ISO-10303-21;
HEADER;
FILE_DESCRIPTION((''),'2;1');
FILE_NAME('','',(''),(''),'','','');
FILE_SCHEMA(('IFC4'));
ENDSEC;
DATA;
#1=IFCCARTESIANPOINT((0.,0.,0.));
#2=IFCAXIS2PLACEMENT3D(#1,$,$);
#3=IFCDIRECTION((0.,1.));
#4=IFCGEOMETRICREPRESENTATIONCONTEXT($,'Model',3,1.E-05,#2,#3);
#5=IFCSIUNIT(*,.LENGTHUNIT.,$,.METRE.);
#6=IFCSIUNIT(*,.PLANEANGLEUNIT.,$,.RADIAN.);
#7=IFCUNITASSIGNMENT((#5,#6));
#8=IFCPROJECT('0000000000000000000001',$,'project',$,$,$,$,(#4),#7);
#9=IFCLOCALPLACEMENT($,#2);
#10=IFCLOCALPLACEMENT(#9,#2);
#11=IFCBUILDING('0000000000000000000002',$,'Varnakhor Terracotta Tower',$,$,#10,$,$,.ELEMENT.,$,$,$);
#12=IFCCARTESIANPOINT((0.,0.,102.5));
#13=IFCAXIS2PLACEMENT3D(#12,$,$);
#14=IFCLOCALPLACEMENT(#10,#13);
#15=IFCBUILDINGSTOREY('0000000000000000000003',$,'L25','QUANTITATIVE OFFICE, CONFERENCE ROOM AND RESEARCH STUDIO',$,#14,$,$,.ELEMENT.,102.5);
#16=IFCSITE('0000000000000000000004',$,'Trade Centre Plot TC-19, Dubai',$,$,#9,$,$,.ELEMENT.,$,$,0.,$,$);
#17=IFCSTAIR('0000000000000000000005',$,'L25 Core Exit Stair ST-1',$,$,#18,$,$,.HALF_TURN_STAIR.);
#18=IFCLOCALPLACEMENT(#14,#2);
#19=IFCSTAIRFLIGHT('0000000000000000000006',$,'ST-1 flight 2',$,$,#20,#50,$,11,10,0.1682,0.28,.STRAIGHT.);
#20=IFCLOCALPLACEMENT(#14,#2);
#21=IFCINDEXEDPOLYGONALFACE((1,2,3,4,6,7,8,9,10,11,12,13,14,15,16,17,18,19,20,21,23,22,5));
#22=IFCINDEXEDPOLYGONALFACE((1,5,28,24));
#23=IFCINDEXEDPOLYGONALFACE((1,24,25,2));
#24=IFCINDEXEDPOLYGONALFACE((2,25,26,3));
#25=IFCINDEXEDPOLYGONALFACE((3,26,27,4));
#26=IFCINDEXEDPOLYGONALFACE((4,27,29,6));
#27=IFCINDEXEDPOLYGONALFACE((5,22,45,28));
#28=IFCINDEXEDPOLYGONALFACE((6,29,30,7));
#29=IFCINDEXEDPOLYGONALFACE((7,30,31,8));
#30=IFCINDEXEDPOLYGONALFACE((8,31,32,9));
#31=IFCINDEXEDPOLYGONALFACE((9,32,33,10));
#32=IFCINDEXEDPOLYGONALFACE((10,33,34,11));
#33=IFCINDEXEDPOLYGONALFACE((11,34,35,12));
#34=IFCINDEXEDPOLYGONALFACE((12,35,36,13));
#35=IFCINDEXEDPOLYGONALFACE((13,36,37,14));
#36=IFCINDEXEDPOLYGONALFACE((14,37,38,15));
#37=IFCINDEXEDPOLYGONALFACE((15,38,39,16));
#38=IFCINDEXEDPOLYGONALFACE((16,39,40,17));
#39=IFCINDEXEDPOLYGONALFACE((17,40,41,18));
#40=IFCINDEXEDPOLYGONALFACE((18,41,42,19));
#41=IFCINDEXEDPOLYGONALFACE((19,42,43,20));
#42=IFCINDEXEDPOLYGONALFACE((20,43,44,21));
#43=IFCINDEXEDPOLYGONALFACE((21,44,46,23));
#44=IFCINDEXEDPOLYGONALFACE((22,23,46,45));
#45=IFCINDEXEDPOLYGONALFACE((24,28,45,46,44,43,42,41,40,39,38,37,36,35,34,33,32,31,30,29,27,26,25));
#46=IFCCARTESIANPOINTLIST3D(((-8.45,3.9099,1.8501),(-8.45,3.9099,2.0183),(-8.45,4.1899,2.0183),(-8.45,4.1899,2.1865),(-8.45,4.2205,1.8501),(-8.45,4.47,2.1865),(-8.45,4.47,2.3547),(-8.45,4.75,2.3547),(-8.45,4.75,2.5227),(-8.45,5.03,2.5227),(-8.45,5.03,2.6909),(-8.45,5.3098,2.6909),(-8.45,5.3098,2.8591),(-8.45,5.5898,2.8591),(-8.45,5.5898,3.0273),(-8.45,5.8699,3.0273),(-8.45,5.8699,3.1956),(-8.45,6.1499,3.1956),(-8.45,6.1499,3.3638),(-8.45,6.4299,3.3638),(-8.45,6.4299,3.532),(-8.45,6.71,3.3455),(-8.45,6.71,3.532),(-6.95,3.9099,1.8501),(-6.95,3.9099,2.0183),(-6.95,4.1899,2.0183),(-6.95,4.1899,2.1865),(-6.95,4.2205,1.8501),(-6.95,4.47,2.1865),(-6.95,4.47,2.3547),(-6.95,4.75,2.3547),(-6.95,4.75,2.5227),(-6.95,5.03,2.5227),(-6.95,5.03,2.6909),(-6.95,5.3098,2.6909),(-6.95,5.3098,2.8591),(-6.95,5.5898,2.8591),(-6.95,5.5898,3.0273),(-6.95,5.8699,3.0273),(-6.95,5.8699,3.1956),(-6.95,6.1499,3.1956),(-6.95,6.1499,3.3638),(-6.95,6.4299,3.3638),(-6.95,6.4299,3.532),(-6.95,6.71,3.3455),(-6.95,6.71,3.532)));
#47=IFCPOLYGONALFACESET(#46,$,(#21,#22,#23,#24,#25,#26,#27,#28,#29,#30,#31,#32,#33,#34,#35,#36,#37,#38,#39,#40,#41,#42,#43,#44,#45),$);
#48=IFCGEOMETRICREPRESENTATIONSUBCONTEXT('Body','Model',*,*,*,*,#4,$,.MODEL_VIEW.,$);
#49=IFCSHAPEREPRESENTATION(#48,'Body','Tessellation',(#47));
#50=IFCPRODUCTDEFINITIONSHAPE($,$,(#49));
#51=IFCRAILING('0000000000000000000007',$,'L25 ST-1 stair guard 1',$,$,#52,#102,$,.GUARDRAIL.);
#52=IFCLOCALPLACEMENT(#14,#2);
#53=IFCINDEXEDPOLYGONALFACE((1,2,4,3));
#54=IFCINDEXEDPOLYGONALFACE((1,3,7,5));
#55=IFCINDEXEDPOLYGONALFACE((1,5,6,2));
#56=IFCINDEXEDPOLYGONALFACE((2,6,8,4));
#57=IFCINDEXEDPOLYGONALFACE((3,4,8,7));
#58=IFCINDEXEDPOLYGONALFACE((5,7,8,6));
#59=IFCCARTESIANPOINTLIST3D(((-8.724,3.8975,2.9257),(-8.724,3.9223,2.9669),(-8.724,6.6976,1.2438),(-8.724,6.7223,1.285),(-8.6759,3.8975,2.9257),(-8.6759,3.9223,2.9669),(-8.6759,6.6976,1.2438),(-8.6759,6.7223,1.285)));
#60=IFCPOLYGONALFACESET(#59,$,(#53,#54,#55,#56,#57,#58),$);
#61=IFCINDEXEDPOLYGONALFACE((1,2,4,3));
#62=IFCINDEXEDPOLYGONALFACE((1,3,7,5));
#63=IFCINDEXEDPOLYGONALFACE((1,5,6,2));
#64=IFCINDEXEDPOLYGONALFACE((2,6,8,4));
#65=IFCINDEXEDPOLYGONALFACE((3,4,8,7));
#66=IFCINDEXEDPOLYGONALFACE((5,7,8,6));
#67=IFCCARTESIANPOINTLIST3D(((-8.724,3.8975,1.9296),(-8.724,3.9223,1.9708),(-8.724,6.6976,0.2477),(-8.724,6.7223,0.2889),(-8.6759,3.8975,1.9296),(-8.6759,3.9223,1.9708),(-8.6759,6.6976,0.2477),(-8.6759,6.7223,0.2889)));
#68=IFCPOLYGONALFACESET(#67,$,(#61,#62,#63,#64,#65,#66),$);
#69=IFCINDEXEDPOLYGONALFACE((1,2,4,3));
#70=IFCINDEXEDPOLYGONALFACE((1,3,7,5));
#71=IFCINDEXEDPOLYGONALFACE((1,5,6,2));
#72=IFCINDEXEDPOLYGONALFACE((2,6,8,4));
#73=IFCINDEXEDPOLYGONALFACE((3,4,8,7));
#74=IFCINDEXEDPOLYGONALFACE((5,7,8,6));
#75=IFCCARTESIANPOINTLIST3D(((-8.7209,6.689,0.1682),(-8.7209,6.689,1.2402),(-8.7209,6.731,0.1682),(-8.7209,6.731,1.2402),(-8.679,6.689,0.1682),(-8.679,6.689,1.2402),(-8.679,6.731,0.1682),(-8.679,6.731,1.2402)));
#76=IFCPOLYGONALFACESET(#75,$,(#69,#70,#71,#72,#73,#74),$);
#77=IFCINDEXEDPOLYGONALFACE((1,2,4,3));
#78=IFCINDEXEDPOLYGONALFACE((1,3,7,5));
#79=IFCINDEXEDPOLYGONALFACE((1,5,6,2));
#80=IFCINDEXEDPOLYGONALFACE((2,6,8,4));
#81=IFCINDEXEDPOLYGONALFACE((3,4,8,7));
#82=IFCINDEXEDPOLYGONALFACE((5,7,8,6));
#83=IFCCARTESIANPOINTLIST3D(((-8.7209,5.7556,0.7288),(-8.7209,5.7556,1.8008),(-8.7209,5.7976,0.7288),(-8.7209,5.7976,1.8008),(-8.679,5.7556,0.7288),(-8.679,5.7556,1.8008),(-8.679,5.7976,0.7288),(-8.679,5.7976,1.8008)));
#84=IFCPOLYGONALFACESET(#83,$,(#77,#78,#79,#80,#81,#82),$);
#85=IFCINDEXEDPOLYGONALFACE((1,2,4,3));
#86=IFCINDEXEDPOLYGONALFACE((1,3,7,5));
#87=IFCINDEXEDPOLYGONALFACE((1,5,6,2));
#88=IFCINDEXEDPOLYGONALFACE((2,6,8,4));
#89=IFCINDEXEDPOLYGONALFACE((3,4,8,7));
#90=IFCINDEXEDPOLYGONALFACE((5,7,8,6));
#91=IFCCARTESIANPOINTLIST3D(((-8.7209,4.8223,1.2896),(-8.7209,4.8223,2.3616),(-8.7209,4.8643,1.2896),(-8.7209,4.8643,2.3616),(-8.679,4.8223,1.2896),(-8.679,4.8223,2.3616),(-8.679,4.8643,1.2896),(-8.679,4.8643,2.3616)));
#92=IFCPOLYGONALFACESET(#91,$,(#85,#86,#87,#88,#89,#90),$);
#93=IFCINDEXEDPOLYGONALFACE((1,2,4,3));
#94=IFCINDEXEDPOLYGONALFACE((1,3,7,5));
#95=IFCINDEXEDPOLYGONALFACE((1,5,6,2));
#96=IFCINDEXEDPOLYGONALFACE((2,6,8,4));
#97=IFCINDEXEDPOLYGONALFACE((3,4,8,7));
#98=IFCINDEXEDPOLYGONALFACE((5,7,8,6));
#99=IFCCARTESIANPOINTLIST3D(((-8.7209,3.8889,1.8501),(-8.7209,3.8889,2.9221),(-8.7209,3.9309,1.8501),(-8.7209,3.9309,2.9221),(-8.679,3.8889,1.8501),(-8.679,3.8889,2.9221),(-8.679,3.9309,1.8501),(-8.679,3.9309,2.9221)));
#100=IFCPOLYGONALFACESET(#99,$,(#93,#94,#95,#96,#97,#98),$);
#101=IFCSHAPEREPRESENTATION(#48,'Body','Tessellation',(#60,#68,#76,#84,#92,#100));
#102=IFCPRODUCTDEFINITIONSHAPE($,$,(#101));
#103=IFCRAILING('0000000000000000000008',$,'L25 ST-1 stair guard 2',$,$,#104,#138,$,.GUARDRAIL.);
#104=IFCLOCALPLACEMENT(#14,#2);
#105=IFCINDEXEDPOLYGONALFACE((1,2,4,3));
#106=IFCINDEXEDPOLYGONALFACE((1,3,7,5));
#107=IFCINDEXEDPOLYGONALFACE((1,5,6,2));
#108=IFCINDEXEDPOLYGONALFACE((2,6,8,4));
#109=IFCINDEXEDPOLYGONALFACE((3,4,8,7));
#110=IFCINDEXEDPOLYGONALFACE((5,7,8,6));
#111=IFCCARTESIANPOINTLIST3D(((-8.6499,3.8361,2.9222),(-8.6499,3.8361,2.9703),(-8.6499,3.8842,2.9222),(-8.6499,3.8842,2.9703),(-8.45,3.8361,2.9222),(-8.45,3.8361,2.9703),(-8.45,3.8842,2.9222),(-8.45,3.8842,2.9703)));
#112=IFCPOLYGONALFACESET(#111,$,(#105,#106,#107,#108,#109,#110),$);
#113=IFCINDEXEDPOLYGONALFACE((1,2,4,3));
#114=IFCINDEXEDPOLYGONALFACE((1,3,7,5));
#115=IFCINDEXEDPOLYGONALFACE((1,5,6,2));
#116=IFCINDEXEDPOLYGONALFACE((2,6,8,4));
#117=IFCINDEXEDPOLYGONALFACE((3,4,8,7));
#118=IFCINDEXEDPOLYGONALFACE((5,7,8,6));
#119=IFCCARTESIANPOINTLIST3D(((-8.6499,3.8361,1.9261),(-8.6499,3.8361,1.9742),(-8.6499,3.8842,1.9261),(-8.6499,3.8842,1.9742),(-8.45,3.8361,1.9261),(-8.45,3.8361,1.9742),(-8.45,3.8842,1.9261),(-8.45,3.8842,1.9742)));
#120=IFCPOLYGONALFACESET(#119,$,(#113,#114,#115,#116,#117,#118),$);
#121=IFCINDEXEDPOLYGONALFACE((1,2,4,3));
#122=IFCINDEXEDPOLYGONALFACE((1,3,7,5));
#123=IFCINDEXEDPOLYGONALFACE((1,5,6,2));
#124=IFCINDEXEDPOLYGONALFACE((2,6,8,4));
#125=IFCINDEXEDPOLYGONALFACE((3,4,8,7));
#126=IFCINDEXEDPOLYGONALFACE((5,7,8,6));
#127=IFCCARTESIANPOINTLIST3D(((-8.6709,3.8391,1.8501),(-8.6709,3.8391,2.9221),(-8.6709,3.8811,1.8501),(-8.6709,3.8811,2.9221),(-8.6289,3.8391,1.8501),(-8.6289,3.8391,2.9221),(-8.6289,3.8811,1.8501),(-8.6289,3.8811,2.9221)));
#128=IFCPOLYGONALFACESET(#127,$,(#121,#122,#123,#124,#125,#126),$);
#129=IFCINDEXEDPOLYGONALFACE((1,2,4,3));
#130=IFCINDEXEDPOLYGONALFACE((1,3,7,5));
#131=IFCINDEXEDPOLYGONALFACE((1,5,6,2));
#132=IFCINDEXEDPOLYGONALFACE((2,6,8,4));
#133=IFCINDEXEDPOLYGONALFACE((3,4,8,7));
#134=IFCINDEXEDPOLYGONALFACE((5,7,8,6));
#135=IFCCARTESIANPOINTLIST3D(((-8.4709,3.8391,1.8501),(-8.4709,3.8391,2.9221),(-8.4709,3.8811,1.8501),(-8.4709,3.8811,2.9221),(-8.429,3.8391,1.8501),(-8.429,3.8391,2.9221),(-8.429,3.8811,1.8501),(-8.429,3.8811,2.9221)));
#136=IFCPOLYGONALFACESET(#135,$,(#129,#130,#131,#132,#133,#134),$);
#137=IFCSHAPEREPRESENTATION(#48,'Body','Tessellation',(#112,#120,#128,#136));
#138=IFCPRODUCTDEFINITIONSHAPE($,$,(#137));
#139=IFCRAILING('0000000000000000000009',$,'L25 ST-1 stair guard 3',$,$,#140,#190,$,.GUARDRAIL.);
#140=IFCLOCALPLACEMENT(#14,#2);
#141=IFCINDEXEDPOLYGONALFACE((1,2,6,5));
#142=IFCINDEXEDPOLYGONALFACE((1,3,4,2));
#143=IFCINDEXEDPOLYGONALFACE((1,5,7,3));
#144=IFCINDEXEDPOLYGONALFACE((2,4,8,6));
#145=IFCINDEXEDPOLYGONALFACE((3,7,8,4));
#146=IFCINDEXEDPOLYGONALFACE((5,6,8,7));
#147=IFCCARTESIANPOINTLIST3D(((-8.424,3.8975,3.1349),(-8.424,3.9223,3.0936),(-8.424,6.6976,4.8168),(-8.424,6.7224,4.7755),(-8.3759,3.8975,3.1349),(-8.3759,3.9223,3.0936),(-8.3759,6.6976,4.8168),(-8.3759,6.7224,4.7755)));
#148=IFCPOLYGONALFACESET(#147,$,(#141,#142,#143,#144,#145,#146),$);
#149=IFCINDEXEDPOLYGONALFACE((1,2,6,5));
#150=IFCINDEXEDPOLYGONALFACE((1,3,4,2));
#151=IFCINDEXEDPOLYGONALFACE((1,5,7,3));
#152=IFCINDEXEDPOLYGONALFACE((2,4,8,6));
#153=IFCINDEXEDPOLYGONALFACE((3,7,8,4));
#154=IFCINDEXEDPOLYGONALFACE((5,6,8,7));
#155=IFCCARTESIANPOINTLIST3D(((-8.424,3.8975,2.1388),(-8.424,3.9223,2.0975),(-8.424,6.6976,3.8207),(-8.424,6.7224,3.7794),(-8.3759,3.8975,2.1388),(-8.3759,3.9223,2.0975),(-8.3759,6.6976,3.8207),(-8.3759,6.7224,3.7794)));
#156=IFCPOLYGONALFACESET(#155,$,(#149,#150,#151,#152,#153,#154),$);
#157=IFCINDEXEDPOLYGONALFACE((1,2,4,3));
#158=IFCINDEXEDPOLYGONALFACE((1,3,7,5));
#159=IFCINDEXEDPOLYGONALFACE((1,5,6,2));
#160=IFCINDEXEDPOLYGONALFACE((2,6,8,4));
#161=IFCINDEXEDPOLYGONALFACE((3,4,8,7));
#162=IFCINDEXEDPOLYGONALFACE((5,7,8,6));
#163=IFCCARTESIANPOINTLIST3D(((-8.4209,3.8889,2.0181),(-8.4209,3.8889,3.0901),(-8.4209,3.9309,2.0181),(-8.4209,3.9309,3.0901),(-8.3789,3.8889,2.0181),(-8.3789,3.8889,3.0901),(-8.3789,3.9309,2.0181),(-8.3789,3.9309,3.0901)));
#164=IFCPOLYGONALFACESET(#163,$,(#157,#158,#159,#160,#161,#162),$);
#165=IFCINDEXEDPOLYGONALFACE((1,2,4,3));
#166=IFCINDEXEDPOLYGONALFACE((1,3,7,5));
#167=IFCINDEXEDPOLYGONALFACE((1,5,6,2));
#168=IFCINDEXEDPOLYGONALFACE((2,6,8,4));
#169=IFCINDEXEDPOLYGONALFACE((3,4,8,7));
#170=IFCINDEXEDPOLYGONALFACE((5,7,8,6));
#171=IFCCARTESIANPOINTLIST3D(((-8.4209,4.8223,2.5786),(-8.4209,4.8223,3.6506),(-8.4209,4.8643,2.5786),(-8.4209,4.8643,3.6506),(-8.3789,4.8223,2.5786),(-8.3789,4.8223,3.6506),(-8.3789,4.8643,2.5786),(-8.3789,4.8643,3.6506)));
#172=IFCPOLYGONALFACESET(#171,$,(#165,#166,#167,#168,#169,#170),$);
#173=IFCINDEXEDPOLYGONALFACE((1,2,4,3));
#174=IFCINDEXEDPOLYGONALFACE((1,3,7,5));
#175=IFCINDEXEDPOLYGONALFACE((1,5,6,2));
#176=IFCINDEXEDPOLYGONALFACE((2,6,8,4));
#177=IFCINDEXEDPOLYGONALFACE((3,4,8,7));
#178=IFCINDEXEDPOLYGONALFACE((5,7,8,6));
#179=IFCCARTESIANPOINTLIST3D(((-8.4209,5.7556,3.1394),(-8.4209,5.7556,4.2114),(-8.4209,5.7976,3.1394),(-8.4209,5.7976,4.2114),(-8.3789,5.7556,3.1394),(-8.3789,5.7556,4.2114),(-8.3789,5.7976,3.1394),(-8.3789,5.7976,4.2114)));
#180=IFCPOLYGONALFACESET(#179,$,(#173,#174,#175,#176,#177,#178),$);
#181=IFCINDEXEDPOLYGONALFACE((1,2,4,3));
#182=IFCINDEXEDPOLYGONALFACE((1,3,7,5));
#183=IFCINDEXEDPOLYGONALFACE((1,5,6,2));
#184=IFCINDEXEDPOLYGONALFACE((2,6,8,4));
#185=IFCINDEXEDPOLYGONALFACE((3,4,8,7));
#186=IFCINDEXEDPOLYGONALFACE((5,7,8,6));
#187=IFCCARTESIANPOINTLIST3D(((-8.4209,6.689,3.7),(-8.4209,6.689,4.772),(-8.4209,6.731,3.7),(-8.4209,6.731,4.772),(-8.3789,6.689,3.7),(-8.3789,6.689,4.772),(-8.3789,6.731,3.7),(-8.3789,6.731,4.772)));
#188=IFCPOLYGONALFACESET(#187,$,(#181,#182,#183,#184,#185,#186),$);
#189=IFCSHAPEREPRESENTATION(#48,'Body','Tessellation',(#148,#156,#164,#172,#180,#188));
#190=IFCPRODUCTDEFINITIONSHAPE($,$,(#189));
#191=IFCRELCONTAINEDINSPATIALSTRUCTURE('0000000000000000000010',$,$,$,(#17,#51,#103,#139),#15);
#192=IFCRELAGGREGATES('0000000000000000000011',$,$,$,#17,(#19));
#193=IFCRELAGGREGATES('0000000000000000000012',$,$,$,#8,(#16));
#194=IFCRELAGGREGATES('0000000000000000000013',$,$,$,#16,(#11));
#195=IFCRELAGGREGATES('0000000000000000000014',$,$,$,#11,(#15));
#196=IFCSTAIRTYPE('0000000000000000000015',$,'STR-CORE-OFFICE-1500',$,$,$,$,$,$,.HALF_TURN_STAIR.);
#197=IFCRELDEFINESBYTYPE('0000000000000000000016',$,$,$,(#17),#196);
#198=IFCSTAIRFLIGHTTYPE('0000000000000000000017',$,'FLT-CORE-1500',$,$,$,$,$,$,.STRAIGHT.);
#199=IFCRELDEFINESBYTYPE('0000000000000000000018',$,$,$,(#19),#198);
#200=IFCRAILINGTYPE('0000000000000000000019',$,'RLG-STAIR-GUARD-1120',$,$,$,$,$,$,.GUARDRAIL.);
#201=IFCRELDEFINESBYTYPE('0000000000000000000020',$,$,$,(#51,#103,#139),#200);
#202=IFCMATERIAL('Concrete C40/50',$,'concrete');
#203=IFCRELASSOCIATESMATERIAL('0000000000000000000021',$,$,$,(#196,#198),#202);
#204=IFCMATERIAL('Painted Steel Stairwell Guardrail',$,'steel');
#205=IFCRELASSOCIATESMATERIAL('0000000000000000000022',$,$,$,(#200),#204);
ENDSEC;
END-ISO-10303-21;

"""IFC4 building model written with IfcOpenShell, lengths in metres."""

from ifc_helpers import new_model, si_unit, direction, frame, origin, origin_2d, place, context, subcontext, project, spatial, polyline, rectangle, outline, extrude, material, type_object, element, aggregate, save


model = new_model("IFC4")

# Units and contexts
model_context = context("Model", 3, precision=1e-05, world=origin(), true_north=direction((0.0, 1.0)))
body_context = subcontext(model_context, "Body", "Model", "MODEL_VIEW")
ifc_project = project(units=[si_unit("LENGTHUNIT", "METRE"), si_unit("PLANEANGLEUNIT", "RADIAN")], contexts=[model_context])

# Site, building, storey
site_placement = place(None, origin())
site = spatial("IfcSite", under=ifc_project, at=site_placement, Name="Trade Centre Plot TC-19, Dubai", CompositionType="ELEMENT", RefElevation=0.0)
building_placement = place(site_placement, origin())
building = spatial("IfcBuilding", under=site, at=building_placement, Name="Varnakhor Terracotta Tower", CompositionType="ELEMENT")
storey_placement = place(building_placement, frame((0.0, 0.0, 102.5)))
storey = spatial("IfcBuildingStorey", under=building, at=storey_placement, Name="L25", Description="QUANTITATIVE OFFICE, CONFERENCE ROOM AND RESEARCH STUDIO", CompositionType="ELEMENT", Elevation=102.5)

# Shared definitions
ifc_material_1 = material(Name="Concrete C40/50", Category="concrete")

# Stair, stair flight
stair_type = type_object("IfcStairType", Name="STR-CORE-OFFICE-1500", PredefinedType="HALF_TURN_STAIR", material=ifc_material_1)
stair_placement = place(storey_placement, origin())
stair = element("IfcStair", 1, at=stair_placement, inside=storey, type_object=stair_type, Name="L25 Core Exit Stair ST-1", PredefinedType="HALF_TURN_STAIR")
stair_flight_type = type_object("IfcStairFlightType", Name="FLT-CORE-1500", PredefinedType="STRAIGHT", material=ifc_material_1)
stair_flight_1_placement = place(storey_placement, frame((-7.7, 3.9099, 1.8501), z_axis=(0.0, 0.0, 1.0), x_axis=(0.0, 1.0, 0.0)))
stair_flight_1 = element("IfcStairFlight", 2, at=stair_flight_1_placement, type_object=stair_flight_type, Name="ST-1 flight 2", NumberOfRisers=11, NumberOfTreads=10, PredefinedType="STRAIGHT", RiserHeight=0.1682, TreadLength=0.28, context=body_context, shape_type="SweptSolid", body=[
    extrude(outline(polyline([(0.0, 0.0), (0.0, 0.1682), (0.28, 0.1682), (0.28, 0.3364), (0.5601, 0.3364), (0.5601, 0.5046), (0.8401, 0.5046), (0.8401, 0.6726), (1.1201, 0.6726), (1.1201, 0.8408), (1.3999, 0.8408), (1.3999, 1.009), (1.6799, 1.009), (1.6799, 1.1772), (1.96, 1.1772), (1.96, 1.3455), (2.24, 1.3455), (2.24, 1.5137), (2.52, 1.5137), (2.52, 1.6819), (2.8, 1.6819), (2.8, 1.8501), (2.8, 1.4954), (0.3105, 0.0), (0.0, 0.0)])), frame((0.0, 0.75, 0.0), z_axis=(0.0, -1.0, 0.0), x_axis=(1.0, 0.0, 0.0)), (0.0, 0.0, 1.0), 1.5),
])
aggregate(stair, [stair_flight_1])

# Railings
ifc_material_2 = material(Name="Painted Steel Stairwell Guardrail", Category="steel")
railing_type_1 = type_object("IfcRailingType", Name="RLG-STAIR-GUARD-1120", PredefinedType="GUARDRAIL", material=ifc_material_2)
railing_1_placement = place(storey_placement, frame((-8.7, 6.71, 0.1682)))
element("IfcRailing", 3, at=railing_1_placement, inside=storey, type_object=railing_type_1, Name="L25 ST-1 stair guard 1", PredefinedType="GUARDRAIL", context=body_context, shape_type="SweptSolid", body=[
    extrude(rectangle(XDim=0.0481, YDim=0.0481, at=origin_2d()), frame((0.0, 0.0, 1.0962), z_axis=(0.0, -0.857242, 0.514913), x_axis=(1.0, 0.0, 0.0)), (0.0, 0.0, 1.0), 3.2664),
    extrude(rectangle(XDim=0.0481, YDim=0.0481, at=origin_2d()), frame((0.0, 0.0, 0.1001), z_axis=(0.0, -0.857242, 0.514913), x_axis=(1.0, 0.0, 0.0)), (0.0, 0.0, 1.0), 3.2664),
    extrude(rectangle(XDim=0.042, YDim=0.042, at=origin_2d()), origin(), (0.0, 0.0, 1.0), 1.072),
    extrude(rectangle(XDim=0.042, YDim=0.042, at=origin_2d()), frame((0.0, -0.9333, 0.5605)), (0.0, 0.0, 1.0), 1.072),
    extrude(rectangle(XDim=0.042, YDim=0.042, at=origin_2d()), frame((0.0, -1.8667, 1.1213)), (0.0, 0.0, 1.0), 1.072),
    extrude(rectangle(XDim=0.042, YDim=0.042, at=origin_2d()), frame((0.0, -2.8, 1.6819)), (0.0, 0.0, 1.0), 1.072),
])
railing_2_placement = place(storey_placement, frame((-8.6499, 3.8601, 1.8501)))
element("IfcRailing", 4, at=railing_2_placement, inside=storey, type_object=railing_type_1, Name="L25 ST-1 stair guard 2", PredefinedType="GUARDRAIL", context=body_context, shape_type="SweptSolid", body=[
    extrude(rectangle(XDim=0.0481, YDim=0.0481, at=origin_2d()), frame((0.0, 0.0, 1.0962), z_axis=(1.0, 0.0, 0.0), x_axis=(0.0, 1.0, 0.0)), (0.0, 0.0, 1.0), 0.2),
    extrude(rectangle(XDim=0.0481, YDim=0.0481, at=origin_2d()), frame((0.0, 0.0, 0.1001), z_axis=(1.0, 0.0, 0.0), x_axis=(0.0, 1.0, 0.0)), (0.0, 0.0, 1.0), 0.2),
    extrude(rectangle(XDim=0.042, YDim=0.042, at=origin_2d()), origin(), (0.0, 0.0, 1.0), 1.072),
    extrude(rectangle(XDim=0.042, YDim=0.042, at=origin_2d()), frame((0.2, 0.0, 0.0)), (0.0, 0.0, 1.0), 1.072),
])
railing_3_placement = place(storey_placement, frame((-8.3999, 3.9099, 2.0181)))
element("IfcRailing", 5, at=railing_3_placement, inside=storey, type_object=railing_type_1, Name="L25 ST-1 stair guard 3", PredefinedType="GUARDRAIL", context=body_context, shape_type="SweptSolid", body=[
    extrude(rectangle(XDim=0.0481, YDim=0.0481, at=origin_2d()), frame((0.0, 0.0, 1.0962), z_axis=(0.0, 0.857242, 0.514913), x_axis=(-1.0, 0.0, 0.0)), (0.0, 0.0, 1.0), 3.2664),
    extrude(rectangle(XDim=0.0481, YDim=0.0481, at=origin_2d()), frame((0.0, 0.0, 0.1001), z_axis=(0.0, 0.857242, 0.514913), x_axis=(-1.0, 0.0, 0.0)), (0.0, 0.0, 1.0), 3.2664),
    extrude(rectangle(XDim=0.042, YDim=0.042, at=origin_2d()), origin(), (0.0, 0.0, 1.0), 1.072),
    extrude(rectangle(XDim=0.042, YDim=0.042, at=origin_2d()), frame((0.0, 0.9333, 0.5605)), (0.0, 0.0, 1.0), 1.072),
    extrude(rectangle(XDim=0.042, YDim=0.042, at=origin_2d()), frame((0.0, 1.8667, 1.1213)), (0.0, 0.0, 1.0), 1.072),
    extrude(rectangle(XDim=0.042, YDim=0.042, at=origin_2d()), frame((0.0, 2.8, 1.6819)), (0.0, 0.0, 1.0), 1.072),
])

save(model, "model.ifc")
